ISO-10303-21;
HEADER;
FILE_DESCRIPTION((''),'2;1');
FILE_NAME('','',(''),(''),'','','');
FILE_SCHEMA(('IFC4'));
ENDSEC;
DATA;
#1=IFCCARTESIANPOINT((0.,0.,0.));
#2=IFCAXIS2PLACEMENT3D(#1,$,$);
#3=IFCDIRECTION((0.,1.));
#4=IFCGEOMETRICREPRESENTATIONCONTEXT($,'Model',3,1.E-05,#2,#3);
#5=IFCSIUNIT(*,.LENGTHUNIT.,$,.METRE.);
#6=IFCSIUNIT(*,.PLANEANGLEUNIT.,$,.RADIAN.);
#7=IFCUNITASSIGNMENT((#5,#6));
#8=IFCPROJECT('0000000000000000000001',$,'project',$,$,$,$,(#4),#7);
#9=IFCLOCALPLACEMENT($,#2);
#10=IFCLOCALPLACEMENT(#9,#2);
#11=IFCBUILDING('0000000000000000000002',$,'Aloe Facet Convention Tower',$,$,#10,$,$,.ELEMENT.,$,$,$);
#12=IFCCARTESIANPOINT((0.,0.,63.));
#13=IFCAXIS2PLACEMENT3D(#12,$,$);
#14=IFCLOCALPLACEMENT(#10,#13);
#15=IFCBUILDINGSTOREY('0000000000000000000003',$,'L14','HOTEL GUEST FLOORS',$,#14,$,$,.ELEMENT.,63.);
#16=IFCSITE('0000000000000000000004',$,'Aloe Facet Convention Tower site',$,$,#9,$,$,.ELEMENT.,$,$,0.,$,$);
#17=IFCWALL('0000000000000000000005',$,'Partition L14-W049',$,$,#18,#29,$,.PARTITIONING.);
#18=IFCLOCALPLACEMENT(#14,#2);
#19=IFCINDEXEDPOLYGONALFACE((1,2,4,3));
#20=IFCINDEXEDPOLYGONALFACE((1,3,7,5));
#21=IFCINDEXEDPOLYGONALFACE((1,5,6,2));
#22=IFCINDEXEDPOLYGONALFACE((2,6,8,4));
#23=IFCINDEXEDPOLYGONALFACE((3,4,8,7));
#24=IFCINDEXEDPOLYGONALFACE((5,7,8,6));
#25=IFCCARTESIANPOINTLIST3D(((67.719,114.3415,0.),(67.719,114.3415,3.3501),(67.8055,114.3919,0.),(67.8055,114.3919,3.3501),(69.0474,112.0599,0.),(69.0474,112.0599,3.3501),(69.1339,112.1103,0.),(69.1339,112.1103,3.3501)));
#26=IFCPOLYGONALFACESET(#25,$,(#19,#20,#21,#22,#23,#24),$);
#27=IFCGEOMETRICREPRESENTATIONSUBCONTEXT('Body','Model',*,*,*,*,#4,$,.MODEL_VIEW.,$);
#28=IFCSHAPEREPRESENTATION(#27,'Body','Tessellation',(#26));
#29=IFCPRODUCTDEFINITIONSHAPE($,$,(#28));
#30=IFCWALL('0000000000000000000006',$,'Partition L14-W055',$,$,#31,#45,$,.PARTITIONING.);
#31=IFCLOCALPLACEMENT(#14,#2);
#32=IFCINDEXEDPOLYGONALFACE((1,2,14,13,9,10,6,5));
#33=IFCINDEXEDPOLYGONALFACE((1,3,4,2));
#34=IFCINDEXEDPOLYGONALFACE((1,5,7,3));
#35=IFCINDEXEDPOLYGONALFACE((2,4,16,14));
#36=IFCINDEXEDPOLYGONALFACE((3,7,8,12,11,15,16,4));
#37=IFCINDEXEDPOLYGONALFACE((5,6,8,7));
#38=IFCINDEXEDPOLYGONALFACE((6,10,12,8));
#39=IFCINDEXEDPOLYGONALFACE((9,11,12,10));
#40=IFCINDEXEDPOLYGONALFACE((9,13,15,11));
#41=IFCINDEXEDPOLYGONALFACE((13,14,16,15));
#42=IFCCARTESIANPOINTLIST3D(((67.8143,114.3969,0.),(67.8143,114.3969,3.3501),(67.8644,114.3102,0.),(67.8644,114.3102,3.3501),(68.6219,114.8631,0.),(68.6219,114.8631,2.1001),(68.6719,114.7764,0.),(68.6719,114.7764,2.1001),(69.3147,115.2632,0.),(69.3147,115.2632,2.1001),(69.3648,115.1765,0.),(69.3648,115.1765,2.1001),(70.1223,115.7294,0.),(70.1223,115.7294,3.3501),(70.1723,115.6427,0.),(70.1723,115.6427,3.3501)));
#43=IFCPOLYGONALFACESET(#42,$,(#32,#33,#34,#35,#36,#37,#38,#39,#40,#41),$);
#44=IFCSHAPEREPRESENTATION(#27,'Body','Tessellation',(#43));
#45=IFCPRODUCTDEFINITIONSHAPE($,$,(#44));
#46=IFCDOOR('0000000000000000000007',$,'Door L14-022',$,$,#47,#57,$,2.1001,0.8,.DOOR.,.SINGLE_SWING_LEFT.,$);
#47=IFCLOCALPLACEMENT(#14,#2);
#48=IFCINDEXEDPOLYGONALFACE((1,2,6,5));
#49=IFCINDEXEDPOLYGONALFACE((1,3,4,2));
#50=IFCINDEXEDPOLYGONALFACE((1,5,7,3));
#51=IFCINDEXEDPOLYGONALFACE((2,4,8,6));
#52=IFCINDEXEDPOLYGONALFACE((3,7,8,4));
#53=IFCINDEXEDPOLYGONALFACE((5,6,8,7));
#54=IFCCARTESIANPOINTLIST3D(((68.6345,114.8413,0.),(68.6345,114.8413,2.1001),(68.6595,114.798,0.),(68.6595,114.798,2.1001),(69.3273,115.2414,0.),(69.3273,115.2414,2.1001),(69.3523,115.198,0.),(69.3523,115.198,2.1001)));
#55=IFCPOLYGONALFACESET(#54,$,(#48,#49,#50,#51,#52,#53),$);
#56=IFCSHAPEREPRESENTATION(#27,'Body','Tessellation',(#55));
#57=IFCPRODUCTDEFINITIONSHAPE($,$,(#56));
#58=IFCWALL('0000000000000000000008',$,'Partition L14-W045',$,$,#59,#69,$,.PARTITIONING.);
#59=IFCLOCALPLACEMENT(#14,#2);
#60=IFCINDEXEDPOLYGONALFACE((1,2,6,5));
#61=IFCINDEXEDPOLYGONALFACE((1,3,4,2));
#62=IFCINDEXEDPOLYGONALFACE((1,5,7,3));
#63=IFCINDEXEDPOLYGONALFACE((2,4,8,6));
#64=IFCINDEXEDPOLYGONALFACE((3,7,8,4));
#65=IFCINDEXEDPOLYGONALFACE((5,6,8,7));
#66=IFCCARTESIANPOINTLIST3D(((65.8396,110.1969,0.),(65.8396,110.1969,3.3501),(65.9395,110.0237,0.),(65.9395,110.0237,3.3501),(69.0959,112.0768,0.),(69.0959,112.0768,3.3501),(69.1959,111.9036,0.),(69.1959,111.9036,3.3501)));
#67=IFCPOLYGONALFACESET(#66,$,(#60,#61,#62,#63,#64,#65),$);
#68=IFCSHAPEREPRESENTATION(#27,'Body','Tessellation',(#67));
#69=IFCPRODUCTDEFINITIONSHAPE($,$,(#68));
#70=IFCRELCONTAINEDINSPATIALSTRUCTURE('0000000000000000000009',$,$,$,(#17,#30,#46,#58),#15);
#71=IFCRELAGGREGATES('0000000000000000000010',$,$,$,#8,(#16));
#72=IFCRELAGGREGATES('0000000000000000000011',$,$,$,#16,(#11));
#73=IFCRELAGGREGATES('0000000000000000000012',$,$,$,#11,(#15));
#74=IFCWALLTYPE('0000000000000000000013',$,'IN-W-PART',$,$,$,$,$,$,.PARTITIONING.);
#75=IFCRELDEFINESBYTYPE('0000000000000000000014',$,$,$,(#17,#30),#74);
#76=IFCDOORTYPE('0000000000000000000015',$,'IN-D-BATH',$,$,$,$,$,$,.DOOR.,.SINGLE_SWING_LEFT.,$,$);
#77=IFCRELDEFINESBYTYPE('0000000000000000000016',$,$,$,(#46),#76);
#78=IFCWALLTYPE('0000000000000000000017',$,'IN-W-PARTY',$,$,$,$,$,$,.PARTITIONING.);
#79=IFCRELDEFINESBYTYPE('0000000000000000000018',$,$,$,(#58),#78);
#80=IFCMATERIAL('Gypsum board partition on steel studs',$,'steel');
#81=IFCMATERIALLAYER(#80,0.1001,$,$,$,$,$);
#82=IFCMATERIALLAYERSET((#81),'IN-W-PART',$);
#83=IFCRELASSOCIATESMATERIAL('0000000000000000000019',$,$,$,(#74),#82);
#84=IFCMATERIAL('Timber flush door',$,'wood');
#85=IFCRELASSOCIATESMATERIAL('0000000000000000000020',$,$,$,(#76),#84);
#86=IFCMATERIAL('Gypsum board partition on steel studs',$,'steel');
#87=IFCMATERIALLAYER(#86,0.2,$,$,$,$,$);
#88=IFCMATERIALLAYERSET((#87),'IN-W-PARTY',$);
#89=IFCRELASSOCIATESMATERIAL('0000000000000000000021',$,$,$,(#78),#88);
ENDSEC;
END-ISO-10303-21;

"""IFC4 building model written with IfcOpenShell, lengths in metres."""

from ifc_helpers import new_model, si_unit, direction, frame, frame_2d, origin, place, context, subcontext, project, spatial, rectangle, extrude, material, layer, layer_set, type_object, element, fill, save


model = new_model("IFC4")

# Units and contexts
model_context = context("Model", 3, precision=1e-05, world=origin(), true_north=direction((0.0, 1.0)))
body_context = subcontext(model_context, "Body", "Model", "MODEL_VIEW")
ifc_project = project(units=[si_unit("LENGTHUNIT", "METRE"), si_unit("PLANEANGLEUNIT", "RADIAN")], contexts=[model_context])

# Site, building, storey
site_placement = place(None, origin())
site = spatial("IfcSite", under=ifc_project, at=site_placement, Name="Aloe Facet Convention Tower site", CompositionType="ELEMENT", RefElevation=0.0)
building_placement = place(site_placement, origin())
building = spatial("IfcBuilding", under=site, at=building_placement, Name="Aloe Facet Convention Tower", CompositionType="ELEMENT")
storey_placement = place(building_placement, frame((0.0, 0.0, 63.0)))
storey = spatial("IfcBuildingStorey", under=building, at=storey_placement, Name="L14", Description="HOTEL GUEST FLOORS", CompositionType="ELEMENT", Elevation=63.0)

# Wall
ifc_material_1 = material(Name="Gypsum board partition on steel studs", Category="steel")
ifc_layer_1 = layer(ifc_material_1, 0.1001)
ifc_layer_set_1 = layer_set([ifc_layer_1], Name="IN-W-PART")
wall_type_1 = type_object("IfcWallType", Name="IN-W-PART", PredefinedType="PARTITIONING", material=ifc_layer_set_1)
wall_1_placement = place(storey_placement, frame((67.7622, 114.3667, 0.0), z_axis=(0.0, 0.0, 1.0), x_axis=(0.503164, -0.864191, 0.0)))
element("IfcWall", 1, at=wall_1_placement, inside=storey, type_object=wall_type_1, Name="Partition L14-W049", PredefinedType="PARTITIONING", context=body_context, shape_type="SweptSolid", body=[
    extrude(rectangle(XDim=2.6401, YDim=0.1001, at=frame_2d((1.3201, 0.0))), origin(), (0.0, 0.0, 1.0), 3.3501),
])

# Wall, opening, door
wall_2_placement = place(storey_placement, frame((67.8394, 114.3535, 0.0), z_axis=(0.0, 0.0, 1.0), x_axis=(0.866013, 0.500021, 0.0)))
wall_2 = element("IfcWall", 2, at=wall_2_placement, inside=storey, type_object=wall_type_1, Name="Partition L14-W055", PredefinedType="PARTITIONING", context=body_context, shape_type="SweptSolid", body=[
    extrude(rectangle(XDim=2.665, YDim=0.1001, at=frame_2d((1.3325, 0.0))), origin(), (0.0, 0.0, 1.0), 3.3501),
])
opening_placement = place(wall_2_placement, frame((0.9326, 0.0, 0.0)))
opening = element("IfcOpeningElement", 3, at=opening_placement, cuts=wall_2, PredefinedType="OPENING", context=body_context, shape_type="SweptSolid", body=[
    extrude(rectangle(XDim=0.8, YDim=2.1001, at=frame_2d((0.3999, 1.05))), frame((0.0, 0.0601, 0.0), z_axis=(0.0, -1.0, 0.0), x_axis=(1.0, 0.0, 0.0)), (0.0, 0.0, 1.0), 0.1201),
])
ifc_material_2 = material(Name="Timber flush door", Category="wood")
door_type = type_object("IfcDoorType", Name="IN-D-BATH", OperationType="SINGLE_SWING_LEFT", PredefinedType="DOOR", material=ifc_material_2)
door_placement = place(opening_placement, origin())
door = element("IfcDoor", 4, at=door_placement, inside=storey, type_object=door_type, Name="Door L14-022", OperationType="SINGLE_SWING_LEFT", OverallHeight=2.1001, OverallWidth=0.8, PredefinedType="DOOR", context=body_context, shape_type="SweptSolid", body=[
    extrude(rectangle(XDim=0.8, YDim=2.1001, at=frame_2d((0.3999, 1.05))), frame((0.0, 0.0249, 0.0), z_axis=(0.0, -1.0, 0.0), x_axis=(1.0, 0.0, 0.0)), (0.0, 0.0, 1.0), 0.05),
])
fill(opening, door)

# Wall
ifc_material_3 = material(Name="Gypsum board partition on steel studs", Category="steel")
ifc_layer_2 = layer(ifc_material_3, 0.2)
ifc_layer_set_2 = layer_set([ifc_layer_2], Name="IN-W-PARTY")
wall_type_2 = type_object("IfcWallType", Name="IN-W-PARTY", PredefinedType="PARTITIONING", material=ifc_layer_set_2)
wall_3_placement = place(storey_placement, frame((65.8896, 110.1104, 0.0), z_axis=(0.0, 0.0, 1.0), x_axis=(0.866045, 0.499966, 0.0)))
element("IfcWall", 5, at=wall_3_placement, inside=storey, type_object=wall_type_2, Name="Partition L14-W045", PredefinedType="PARTITIONING", context=body_context, shape_type="SweptSolid", body=[
    extrude(rectangle(XDim=3.76, YDim=0.2, at=frame_2d((1.8799, 0.0))), origin(), (0.0, 0.0, 1.0), 3.3501),
])

save(model, "model.ifc")
